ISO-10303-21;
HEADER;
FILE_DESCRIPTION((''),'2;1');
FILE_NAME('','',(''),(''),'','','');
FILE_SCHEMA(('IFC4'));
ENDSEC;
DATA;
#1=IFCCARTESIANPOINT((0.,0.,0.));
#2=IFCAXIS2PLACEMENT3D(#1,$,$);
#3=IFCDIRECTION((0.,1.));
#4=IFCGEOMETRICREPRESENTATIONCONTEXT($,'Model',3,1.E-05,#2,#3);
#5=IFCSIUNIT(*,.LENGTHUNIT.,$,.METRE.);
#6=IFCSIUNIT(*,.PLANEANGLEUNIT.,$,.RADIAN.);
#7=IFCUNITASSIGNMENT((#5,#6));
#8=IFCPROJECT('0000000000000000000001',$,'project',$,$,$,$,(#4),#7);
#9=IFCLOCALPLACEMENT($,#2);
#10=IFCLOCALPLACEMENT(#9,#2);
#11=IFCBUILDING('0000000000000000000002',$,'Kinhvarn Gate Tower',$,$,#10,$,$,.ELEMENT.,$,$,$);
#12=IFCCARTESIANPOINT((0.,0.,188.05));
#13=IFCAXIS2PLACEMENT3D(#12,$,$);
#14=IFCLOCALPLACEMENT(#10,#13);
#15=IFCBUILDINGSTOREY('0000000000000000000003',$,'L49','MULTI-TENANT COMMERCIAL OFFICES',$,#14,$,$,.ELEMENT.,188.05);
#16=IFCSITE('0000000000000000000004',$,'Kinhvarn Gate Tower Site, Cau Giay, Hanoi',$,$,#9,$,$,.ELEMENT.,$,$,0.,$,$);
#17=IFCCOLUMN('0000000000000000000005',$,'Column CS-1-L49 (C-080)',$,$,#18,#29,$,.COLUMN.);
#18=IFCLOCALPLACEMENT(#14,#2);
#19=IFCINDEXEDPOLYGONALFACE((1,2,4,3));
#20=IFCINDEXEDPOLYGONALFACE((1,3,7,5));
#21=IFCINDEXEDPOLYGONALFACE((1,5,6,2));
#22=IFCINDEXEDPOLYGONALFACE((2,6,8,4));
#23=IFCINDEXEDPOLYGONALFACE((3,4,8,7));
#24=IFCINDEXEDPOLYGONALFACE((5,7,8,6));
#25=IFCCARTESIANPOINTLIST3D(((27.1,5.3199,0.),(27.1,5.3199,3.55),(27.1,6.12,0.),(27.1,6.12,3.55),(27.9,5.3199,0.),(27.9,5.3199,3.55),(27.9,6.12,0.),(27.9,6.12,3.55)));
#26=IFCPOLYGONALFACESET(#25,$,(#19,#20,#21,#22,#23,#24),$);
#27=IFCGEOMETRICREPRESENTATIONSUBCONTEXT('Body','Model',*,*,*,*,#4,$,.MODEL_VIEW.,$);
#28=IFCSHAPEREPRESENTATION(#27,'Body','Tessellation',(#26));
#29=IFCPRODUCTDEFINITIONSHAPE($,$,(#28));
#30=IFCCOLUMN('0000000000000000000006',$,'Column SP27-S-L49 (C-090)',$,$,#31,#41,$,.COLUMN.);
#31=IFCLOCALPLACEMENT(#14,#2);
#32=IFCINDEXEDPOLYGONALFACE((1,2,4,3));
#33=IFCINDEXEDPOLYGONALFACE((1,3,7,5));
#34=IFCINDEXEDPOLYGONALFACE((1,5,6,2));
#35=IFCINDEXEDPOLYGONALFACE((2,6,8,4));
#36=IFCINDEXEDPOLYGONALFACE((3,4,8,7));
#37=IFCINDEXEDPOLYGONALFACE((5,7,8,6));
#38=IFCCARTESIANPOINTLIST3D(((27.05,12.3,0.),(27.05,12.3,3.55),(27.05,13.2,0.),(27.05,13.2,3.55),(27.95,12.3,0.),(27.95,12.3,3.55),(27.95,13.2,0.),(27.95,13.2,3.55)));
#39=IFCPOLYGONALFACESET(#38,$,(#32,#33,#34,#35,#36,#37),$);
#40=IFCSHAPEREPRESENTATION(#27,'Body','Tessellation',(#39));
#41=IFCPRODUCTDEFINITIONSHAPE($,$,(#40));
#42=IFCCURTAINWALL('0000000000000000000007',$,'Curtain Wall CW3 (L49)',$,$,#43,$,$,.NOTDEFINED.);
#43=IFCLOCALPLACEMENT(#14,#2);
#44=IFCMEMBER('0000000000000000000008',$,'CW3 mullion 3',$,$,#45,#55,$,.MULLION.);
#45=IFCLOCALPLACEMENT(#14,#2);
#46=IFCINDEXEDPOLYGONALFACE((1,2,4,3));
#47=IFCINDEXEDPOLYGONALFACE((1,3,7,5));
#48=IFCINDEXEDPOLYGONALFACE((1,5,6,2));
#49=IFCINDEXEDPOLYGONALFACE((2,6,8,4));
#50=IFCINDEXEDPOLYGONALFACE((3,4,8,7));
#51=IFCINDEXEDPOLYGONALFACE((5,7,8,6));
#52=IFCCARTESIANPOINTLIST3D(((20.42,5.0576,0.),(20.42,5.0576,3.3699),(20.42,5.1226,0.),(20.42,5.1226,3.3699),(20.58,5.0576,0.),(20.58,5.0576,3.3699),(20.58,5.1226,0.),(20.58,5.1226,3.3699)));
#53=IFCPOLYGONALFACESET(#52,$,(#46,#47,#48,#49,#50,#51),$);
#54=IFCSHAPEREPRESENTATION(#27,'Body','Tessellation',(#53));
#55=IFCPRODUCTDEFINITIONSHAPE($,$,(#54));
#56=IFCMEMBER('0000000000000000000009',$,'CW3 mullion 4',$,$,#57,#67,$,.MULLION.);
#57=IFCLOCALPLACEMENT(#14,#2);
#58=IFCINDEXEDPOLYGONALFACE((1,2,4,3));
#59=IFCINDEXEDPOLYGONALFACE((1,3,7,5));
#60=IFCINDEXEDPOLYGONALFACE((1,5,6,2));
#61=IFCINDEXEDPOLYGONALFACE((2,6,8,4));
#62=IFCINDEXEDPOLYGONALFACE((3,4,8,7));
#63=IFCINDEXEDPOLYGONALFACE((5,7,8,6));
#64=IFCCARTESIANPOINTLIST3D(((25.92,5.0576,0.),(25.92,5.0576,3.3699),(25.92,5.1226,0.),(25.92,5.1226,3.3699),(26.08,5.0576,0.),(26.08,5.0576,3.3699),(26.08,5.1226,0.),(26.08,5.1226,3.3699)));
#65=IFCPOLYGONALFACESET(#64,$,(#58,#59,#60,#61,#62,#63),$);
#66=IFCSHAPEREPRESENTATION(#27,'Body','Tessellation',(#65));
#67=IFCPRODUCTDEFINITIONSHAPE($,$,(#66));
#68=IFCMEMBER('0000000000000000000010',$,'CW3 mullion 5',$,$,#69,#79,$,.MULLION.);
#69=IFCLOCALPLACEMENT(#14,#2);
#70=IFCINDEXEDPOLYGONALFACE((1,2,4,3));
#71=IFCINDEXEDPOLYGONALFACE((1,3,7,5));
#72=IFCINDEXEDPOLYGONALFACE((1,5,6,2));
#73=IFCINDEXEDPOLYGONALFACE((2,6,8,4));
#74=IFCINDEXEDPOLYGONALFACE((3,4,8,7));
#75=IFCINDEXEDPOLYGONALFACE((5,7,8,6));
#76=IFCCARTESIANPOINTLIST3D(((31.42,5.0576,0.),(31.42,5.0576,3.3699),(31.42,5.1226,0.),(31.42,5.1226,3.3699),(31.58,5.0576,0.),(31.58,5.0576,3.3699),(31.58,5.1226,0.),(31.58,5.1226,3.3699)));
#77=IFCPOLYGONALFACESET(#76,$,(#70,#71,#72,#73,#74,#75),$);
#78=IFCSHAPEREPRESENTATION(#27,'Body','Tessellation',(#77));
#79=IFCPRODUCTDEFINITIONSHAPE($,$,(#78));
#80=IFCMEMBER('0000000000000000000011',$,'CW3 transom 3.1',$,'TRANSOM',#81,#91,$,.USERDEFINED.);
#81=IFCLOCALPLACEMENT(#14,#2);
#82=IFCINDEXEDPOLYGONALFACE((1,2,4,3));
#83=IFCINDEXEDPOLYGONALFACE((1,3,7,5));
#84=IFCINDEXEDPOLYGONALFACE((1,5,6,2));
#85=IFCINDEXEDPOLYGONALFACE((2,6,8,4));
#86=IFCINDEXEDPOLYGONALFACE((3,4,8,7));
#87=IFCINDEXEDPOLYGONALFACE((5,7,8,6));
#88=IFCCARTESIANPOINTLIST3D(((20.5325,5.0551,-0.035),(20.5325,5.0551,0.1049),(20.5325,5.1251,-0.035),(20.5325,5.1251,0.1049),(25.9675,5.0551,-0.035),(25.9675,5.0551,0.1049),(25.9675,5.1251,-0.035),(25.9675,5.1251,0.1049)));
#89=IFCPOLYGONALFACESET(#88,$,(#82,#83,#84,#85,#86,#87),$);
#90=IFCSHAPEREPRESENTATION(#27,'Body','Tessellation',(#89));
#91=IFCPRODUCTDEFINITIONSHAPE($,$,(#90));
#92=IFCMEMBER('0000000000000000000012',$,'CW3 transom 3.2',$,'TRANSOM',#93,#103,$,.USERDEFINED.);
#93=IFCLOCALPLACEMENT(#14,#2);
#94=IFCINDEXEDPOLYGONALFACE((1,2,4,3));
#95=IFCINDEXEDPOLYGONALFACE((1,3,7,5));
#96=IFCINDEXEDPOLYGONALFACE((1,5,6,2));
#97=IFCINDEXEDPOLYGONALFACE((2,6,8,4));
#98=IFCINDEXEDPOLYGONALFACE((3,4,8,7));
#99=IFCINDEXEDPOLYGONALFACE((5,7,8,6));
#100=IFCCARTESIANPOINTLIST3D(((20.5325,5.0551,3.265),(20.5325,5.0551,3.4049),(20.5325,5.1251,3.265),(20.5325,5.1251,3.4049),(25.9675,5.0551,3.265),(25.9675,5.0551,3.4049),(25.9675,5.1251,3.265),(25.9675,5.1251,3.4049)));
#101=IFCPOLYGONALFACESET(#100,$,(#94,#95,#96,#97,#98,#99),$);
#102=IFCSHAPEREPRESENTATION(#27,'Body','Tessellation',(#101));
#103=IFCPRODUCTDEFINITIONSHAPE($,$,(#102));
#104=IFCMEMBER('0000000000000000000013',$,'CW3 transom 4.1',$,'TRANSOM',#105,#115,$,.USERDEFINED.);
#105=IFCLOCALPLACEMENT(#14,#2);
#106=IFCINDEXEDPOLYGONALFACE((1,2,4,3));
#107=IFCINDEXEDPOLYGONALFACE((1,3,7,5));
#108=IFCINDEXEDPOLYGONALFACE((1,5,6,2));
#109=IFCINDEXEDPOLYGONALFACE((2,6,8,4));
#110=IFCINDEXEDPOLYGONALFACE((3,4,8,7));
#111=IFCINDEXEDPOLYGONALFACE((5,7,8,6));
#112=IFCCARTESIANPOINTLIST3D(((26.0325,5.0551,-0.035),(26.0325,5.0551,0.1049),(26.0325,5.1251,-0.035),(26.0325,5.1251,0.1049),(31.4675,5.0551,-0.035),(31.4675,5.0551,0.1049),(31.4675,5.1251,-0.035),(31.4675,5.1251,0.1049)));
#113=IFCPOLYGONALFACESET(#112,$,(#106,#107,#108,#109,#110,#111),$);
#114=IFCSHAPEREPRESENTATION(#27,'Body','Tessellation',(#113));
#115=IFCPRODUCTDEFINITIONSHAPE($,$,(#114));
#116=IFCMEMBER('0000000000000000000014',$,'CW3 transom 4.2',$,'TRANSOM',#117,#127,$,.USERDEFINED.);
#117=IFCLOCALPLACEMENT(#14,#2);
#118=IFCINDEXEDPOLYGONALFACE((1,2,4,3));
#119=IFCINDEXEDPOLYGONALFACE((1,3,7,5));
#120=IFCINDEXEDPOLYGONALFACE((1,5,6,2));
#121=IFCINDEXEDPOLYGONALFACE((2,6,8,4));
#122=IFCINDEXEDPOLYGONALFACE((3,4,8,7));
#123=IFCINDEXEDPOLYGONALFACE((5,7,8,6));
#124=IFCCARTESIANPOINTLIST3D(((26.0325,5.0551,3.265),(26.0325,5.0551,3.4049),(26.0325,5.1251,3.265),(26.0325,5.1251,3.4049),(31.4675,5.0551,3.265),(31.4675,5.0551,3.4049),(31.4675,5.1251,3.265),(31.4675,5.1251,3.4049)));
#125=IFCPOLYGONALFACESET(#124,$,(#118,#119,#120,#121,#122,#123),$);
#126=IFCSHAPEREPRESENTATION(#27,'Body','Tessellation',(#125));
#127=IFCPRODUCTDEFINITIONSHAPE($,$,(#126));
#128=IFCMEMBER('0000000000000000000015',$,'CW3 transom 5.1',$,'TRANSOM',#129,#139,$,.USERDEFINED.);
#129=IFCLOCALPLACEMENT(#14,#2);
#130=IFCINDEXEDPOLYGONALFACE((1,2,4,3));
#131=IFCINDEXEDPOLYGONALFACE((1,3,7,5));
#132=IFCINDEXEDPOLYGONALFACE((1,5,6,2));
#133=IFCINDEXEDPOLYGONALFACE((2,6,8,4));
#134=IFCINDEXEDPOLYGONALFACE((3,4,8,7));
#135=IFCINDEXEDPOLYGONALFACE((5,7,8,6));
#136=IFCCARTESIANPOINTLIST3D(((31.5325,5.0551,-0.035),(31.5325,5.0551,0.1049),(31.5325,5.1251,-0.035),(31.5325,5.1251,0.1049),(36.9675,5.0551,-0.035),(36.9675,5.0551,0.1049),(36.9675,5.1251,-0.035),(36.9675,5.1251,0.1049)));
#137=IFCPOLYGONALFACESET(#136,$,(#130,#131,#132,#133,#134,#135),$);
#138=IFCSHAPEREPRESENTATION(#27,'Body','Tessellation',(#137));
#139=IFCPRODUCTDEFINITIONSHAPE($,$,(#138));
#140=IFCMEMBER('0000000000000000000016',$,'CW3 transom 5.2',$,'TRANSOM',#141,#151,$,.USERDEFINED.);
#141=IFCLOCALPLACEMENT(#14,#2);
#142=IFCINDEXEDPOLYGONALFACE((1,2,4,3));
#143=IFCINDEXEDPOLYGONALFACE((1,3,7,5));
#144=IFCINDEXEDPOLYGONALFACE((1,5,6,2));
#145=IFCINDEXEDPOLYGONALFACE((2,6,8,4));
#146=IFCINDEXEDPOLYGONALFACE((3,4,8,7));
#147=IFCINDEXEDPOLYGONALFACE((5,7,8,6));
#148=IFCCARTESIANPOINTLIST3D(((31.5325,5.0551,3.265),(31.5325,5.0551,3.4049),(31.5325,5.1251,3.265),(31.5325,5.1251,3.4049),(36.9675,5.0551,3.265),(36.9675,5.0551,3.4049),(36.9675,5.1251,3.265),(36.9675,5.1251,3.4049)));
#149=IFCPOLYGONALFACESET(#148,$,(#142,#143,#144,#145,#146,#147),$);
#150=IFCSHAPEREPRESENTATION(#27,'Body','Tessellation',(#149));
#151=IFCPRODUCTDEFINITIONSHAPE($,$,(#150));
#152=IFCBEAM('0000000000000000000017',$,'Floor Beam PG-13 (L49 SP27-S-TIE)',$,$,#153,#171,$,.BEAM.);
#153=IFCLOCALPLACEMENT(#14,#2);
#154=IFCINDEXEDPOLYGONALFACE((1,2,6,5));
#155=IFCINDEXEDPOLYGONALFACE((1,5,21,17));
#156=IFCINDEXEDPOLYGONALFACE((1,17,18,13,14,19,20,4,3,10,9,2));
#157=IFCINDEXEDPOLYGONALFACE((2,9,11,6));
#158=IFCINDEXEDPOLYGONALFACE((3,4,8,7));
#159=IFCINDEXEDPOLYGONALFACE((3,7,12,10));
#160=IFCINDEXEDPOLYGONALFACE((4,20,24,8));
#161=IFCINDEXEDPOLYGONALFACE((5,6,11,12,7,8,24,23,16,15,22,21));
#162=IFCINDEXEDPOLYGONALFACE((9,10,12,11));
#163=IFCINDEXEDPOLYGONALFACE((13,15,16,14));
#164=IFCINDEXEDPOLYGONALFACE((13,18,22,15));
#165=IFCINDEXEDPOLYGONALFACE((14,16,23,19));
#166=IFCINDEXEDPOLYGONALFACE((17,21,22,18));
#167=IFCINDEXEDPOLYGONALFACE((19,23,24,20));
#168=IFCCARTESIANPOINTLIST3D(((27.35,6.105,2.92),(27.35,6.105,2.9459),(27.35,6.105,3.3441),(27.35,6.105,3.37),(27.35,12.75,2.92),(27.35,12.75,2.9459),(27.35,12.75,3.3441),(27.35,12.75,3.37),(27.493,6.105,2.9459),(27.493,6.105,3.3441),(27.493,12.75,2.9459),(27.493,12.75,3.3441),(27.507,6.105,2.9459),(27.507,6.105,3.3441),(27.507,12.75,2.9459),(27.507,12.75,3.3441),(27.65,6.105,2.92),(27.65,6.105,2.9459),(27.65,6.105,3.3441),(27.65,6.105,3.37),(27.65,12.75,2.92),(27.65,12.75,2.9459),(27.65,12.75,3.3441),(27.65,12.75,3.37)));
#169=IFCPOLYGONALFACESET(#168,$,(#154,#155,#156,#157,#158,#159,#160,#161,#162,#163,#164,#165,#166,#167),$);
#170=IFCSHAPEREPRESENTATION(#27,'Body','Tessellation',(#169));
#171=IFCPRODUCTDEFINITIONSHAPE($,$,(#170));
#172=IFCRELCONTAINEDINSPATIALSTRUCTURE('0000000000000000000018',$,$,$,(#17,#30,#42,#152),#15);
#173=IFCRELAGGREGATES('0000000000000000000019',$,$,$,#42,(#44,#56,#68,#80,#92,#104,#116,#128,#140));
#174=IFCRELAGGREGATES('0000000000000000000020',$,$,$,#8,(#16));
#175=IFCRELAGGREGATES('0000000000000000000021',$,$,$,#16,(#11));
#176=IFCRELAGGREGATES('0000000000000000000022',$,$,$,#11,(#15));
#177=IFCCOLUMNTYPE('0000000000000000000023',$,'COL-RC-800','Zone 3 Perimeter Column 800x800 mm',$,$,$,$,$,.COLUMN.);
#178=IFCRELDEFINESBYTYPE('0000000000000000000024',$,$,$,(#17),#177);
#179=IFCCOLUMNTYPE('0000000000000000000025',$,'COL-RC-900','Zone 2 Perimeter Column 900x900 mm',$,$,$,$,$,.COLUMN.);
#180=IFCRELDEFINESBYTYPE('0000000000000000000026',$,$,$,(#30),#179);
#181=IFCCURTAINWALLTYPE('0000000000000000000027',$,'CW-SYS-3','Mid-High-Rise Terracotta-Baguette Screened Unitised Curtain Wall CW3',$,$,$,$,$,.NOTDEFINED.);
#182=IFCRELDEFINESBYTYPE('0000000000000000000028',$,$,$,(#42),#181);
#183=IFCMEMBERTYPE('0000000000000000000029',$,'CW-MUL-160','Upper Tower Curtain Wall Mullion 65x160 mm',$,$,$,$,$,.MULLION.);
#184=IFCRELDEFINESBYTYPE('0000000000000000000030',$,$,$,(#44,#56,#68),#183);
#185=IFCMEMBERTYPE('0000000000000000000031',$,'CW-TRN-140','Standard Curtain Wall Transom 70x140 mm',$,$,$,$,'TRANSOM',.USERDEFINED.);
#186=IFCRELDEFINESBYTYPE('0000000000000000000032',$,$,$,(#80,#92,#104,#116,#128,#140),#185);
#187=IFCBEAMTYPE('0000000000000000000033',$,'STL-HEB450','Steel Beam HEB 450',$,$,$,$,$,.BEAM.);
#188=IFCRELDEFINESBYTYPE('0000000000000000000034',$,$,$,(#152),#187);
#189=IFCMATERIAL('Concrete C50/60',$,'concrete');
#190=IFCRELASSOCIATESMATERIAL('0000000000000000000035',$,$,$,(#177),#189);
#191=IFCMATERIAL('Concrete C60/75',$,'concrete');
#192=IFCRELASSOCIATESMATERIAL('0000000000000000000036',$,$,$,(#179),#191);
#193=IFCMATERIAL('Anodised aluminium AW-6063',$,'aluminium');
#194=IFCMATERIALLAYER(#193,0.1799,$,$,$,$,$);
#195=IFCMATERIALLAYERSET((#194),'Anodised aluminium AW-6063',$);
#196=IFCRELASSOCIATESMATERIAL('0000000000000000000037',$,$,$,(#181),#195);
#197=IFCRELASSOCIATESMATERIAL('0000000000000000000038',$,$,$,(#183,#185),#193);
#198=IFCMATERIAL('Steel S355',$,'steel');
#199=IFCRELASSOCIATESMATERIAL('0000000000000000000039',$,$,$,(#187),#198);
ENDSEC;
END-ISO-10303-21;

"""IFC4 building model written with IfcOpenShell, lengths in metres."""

from ifc_helpers import new_model, si_unit, direction, frame, origin, origin_2d, place, context, subcontext, project, spatial, rectangle, i_section, extrude, material, layer, layer_set, material_profile, profile_set, type_object, element, aggregate, save


model = new_model("IFC4")

# Units and contexts
model_context = context("Model", 3, precision=1e-05, world=origin(), true_north=direction((0.0, 1.0)))
body_context = subcontext(model_context, "Body", "Model", "MODEL_VIEW")
ifc_project = project(units=[si_unit("LENGTHUNIT", "METRE"), si_unit("PLANEANGLEUNIT", "RADIAN")], contexts=[model_context])

# Site, building, storey
site_placement = place(None, origin())
site = spatial("IfcSite", under=ifc_project, at=site_placement, Name="Kinhvarn Gate Tower Site, Cau Giay, Hanoi", CompositionType="ELEMENT", RefElevation=0.0)
building_placement = place(site_placement, origin())
building = spatial("IfcBuilding", under=site, at=building_placement, Name="Kinhvarn Gate Tower", CompositionType="ELEMENT")
storey_placement = place(building_placement, frame((0.0, 0.0, 188.05)))
storey = spatial("IfcBuildingStorey", under=building, at=storey_placement, Name="L49", Description="MULTI-TENANT COMMERCIAL OFFICES", CompositionType="ELEMENT", Elevation=188.05)

# Columns
ifc_material_1 = material(Name="Concrete C50/60", Category="concrete")
ifc_material_profile_1 = material_profile(ifc_material_1, rectangle(XDim=0.8, YDim=0.8, at=origin_2d()), Name="RC 800x800")
ifc_profile_set_1 = profile_set([ifc_material_profile_1], Name="Concrete C50/60")
column_type_1 = type_object("IfcColumnType", Name="COL-RC-800", Description="Zone 3 Perimeter Column 800x800 mm", PredefinedType="COLUMN", material=ifc_profile_set_1)
column_1_placement = place(storey_placement, frame((27.5, 5.72, 0.0), z_axis=(0.0, 0.0, 1.0), x_axis=(1.0, 0.0, 0.0)))
element("IfcColumn", 1, at=column_1_placement, inside=storey, type_object=column_type_1, Name="Column CS-1-L49 (C-080)", PredefinedType="COLUMN", context=body_context, shape_type="SweptSolid", body=[
    extrude(rectangle(XDim=0.8, YDim=0.8, at=origin_2d()), origin(), (0.0, 0.0, 1.0), 3.55),
])
ifc_material_2 = material(Name="Concrete C60/75", Category="concrete")
ifc_material_profile_2 = material_profile(ifc_material_2, rectangle(XDim=0.8999, YDim=0.8999, at=origin_2d()), Name="RC 900x900")
ifc_profile_set_2 = profile_set([ifc_material_profile_2], Name="Concrete C60/75")
column_type_2 = type_object("IfcColumnType", Name="COL-RC-900", Description="Zone 2 Perimeter Column 900x900 mm", PredefinedType="COLUMN", material=ifc_profile_set_2)
column_2_placement = place(storey_placement, frame((27.5, 12.75, 0.0), z_axis=(0.0, 0.0, 1.0), x_axis=(1.0, 0.0, 0.0)))
element("IfcColumn", 2, at=column_2_placement, inside=storey, type_object=column_type_2, Name="Column SP27-S-L49 (C-090)", PredefinedType="COLUMN", context=body_context, shape_type="SweptSolid", body=[
    extrude(rectangle(XDim=0.8999, YDim=0.8999, at=origin_2d()), origin(), (0.0, 0.0, 1.0), 3.55),
])

# Curtain wall, members
ifc_material_3 = material(Name="Anodised aluminium AW-6063", Category="aluminium")
ifc_layer_1 = layer(ifc_material_3, 0.1799)
ifc_layer_set_1 = layer_set([ifc_layer_1], Name="Anodised aluminium AW-6063")
curtain_wall_type = type_object("IfcCurtainWallType", Name="CW-SYS-3", Description="Mid-High-Rise Terracotta-Baguette Screened Unitised Curtain Wall CW3", PredefinedType="NOTDEFINED", material=ifc_layer_set_1)
curtain_wall_placement = place(storey_placement, origin())
curtain_wall = element("IfcCurtainWall", 3, at=curtain_wall_placement, inside=storey, type_object=curtain_wall_type, Name="Curtain Wall CW3 (L49)", PredefinedType="NOTDEFINED")
ifc_material_profile_3 = material_profile(ifc_material_3, rectangle(XDim=0.0649, YDim=0.1599, at=origin_2d()), Name="ALU 65x160")
ifc_profile_set_3 = profile_set([ifc_material_profile_3], Name="Anodised aluminium AW-6063")
member_type_1 = type_object("IfcMemberType", Name="CW-MUL-160", Description="Upper Tower Curtain Wall Mullion 65x160 mm", PredefinedType="MULLION", material=ifc_profile_set_3)
member_1_placement = place(storey_placement, frame((20.5, 5.0901, 0.0), z_axis=(0.0, 0.0, 1.0), x_axis=(0.0, 1.0, 0.0)))
member_1 = element("IfcMember", 4, at=member_1_placement, type_object=member_type_1, Name="CW3 mullion 3", PredefinedType="MULLION", context=body_context, shape_type="SweptSolid", body=[
    extrude(rectangle(XDim=0.0649, YDim=0.1599, at=origin_2d()), origin(), (0.0, 0.0, 1.0), 3.3699),
])
member_2_placement = place(storey_placement, frame((26.0, 5.0901, 0.0), z_axis=(0.0, 0.0, 1.0), x_axis=(0.0, 1.0, 0.0)))
member_2 = element("IfcMember", 5, at=member_2_placement, type_object=member_type_1, Name="CW3 mullion 4", PredefinedType="MULLION", context=body_context, shape_type="SweptSolid", body=[
    extrude(rectangle(XDim=0.0649, YDim=0.1599, at=origin_2d()), origin(), (0.0, 0.0, 1.0), 3.3699),
])
member_3_placement = place(storey_placement, frame((31.5, 5.0901, 0.0), z_axis=(0.0, 0.0, 1.0), x_axis=(0.0, 1.0, 0.0)))
member_3 = element("IfcMember", 6, at=member_3_placement, type_object=member_type_1, Name="CW3 mullion 5", PredefinedType="MULLION", context=body_context, shape_type="SweptSolid", body=[
    extrude(rectangle(XDim=0.0649, YDim=0.1599, at=origin_2d()), origin(), (0.0, 0.0, 1.0), 3.3699),
])
ifc_material_profile_4 = material_profile(ifc_material_3, rectangle(XDim=0.0701, YDim=0.1399, at=origin_2d()), Name="ALU 70x140")
ifc_profile_set_4 = profile_set([ifc_material_profile_4], Name="Anodised aluminium AW-6063")
member_type_2 = type_object("IfcMemberType", Name="CW-TRN-140", Description="Standard Curtain Wall Transom 70x140 mm", ElementType="TRANSOM", PredefinedType="USERDEFINED", material=ifc_profile_set_4)
member_4_placement = place(storey_placement, frame((20.5325, 5.0901, 0.0349), z_axis=(1.0, 0.0, 0.0), x_axis=(0.0, 1.0, 0.0)))
member_4 = element("IfcMember", 7, at=member_4_placement, type_object=member_type_2, Name="CW3 transom 3.1", ObjectType="TRANSOM", PredefinedType="USERDEFINED", context=body_context, shape_type="SweptSolid", body=[
    extrude(rectangle(XDim=0.0701, YDim=0.1399, at=origin_2d()), origin(), (0.0, 0.0, 1.0), 5.4351),
])
member_5_placement = place(storey_placement, frame((20.5325, 5.0901, 3.335), z_axis=(1.0, 0.0, 0.0), x_axis=(0.0, 1.0, 0.0)))
member_5 = element("IfcMember", 8, at=member_5_placement, type_object=member_type_2, Name="CW3 transom 3.2", ObjectType="TRANSOM", PredefinedType="USERDEFINED", context=body_context, shape_type="SweptSolid", body=[
    extrude(rectangle(XDim=0.0701, YDim=0.1399, at=origin_2d()), origin(), (0.0, 0.0, 1.0), 5.4351),
])
member_6_placement = place(storey_placement, frame((26.0325, 5.0901, 0.0349), z_axis=(1.0, 0.0, 0.0), x_axis=(0.0, 1.0, 0.0)))
member_6 = element("IfcMember", 9, at=member_6_placement, type_object=member_type_2, Name="CW3 transom 4.1", ObjectType="TRANSOM", PredefinedType="USERDEFINED", context=body_context, shape_type="SweptSolid", body=[
    extrude(rectangle(XDim=0.0701, YDim=0.1399, at=origin_2d()), origin(), (0.0, 0.0, 1.0), 5.4351),
])
member_7_placement = place(storey_placement, frame((26.0325, 5.0901, 3.335), z_axis=(1.0, 0.0, 0.0), x_axis=(0.0, 1.0, 0.0)))
member_7 = element("IfcMember", 10, at=member_7_placement, type_object=member_type_2, Name="CW3 transom 4.2", ObjectType="TRANSOM", PredefinedType="USERDEFINED", context=body_context, shape_type="SweptSolid", body=[
    extrude(rectangle(XDim=0.0701, YDim=0.1399, at=origin_2d()), origin(), (0.0, 0.0, 1.0), 5.4351),
])
member_8_placement = place(storey_placement, frame((31.5325, 5.0901, 0.0349), z_axis=(1.0, 0.0, 0.0), x_axis=(0.0, 1.0, 0.0)))
member_8 = element("IfcMember", 11, at=member_8_placement, type_object=member_type_2, Name="CW3 transom 5.1", ObjectType="TRANSOM", PredefinedType="USERDEFINED", context=body_context, shape_type="SweptSolid", body=[
    extrude(rectangle(XDim=0.0701, YDim=0.1399, at=origin_2d()), origin(), (0.0, 0.0, 1.0), 5.4351),
])
member_9_placement = place(storey_placement, frame((31.5325, 5.0901, 3.335), z_axis=(1.0, 0.0, 0.0), x_axis=(0.0, 1.0, 0.0)))
member_9 = element("IfcMember", 12, at=member_9_placement, type_object=member_type_2, Name="CW3 transom 5.2", ObjectType="TRANSOM", PredefinedType="USERDEFINED", context=body_context, shape_type="SweptSolid", body=[
    extrude(rectangle(XDim=0.0701, YDim=0.1399, at=origin_2d()), origin(), (0.0, 0.0, 1.0), 5.4351),
])

# Beam
ifc_material_4 = material(Name="Steel S355", Category="steel")
ifc_material_profile_5 = material_profile(ifc_material_4, i_section(OverallWidth=0.3, OverallDepth=0.45, WebThickness=0.0139, FlangeThickness=0.0259, at=origin_2d()), Name="HEB 450")
ifc_profile_set_5 = profile_set([ifc_material_profile_5], Name="Steel S355")
beam_type_1 = type_object("IfcBeamType", Name="STL-HEB450", Description="Steel Beam HEB 450", PredefinedType="BEAM", material=ifc_profile_set_5)
beam_1_placement = place(storey_placement, frame((27.5, 6.105, 3.145), z_axis=(0.0, 1.0, 0.0), x_axis=(-1.0, 0.0, 0.0)))
element("IfcBeam", 13, at=beam_1_placement, inside=storey, type_object=beam_type_1, Name="Floor Beam PG-13 (L49 SP27-S-TIE)", PredefinedType="BEAM", context=body_context, shape_type="SweptSolid", body=[
    extrude(i_section(OverallWidth=0.3, OverallDepth=0.45, WebThickness=0.0139, FlangeThickness=0.0259, at=origin_2d()), origin(), (0.0, 0.0, 1.0), 6.645),
])

aggregate(curtain_wall, [member_1, member_2, member_3, member_4, member_5, member_6, member_7, member_8, member_9])

save(model, "model.ifc")
